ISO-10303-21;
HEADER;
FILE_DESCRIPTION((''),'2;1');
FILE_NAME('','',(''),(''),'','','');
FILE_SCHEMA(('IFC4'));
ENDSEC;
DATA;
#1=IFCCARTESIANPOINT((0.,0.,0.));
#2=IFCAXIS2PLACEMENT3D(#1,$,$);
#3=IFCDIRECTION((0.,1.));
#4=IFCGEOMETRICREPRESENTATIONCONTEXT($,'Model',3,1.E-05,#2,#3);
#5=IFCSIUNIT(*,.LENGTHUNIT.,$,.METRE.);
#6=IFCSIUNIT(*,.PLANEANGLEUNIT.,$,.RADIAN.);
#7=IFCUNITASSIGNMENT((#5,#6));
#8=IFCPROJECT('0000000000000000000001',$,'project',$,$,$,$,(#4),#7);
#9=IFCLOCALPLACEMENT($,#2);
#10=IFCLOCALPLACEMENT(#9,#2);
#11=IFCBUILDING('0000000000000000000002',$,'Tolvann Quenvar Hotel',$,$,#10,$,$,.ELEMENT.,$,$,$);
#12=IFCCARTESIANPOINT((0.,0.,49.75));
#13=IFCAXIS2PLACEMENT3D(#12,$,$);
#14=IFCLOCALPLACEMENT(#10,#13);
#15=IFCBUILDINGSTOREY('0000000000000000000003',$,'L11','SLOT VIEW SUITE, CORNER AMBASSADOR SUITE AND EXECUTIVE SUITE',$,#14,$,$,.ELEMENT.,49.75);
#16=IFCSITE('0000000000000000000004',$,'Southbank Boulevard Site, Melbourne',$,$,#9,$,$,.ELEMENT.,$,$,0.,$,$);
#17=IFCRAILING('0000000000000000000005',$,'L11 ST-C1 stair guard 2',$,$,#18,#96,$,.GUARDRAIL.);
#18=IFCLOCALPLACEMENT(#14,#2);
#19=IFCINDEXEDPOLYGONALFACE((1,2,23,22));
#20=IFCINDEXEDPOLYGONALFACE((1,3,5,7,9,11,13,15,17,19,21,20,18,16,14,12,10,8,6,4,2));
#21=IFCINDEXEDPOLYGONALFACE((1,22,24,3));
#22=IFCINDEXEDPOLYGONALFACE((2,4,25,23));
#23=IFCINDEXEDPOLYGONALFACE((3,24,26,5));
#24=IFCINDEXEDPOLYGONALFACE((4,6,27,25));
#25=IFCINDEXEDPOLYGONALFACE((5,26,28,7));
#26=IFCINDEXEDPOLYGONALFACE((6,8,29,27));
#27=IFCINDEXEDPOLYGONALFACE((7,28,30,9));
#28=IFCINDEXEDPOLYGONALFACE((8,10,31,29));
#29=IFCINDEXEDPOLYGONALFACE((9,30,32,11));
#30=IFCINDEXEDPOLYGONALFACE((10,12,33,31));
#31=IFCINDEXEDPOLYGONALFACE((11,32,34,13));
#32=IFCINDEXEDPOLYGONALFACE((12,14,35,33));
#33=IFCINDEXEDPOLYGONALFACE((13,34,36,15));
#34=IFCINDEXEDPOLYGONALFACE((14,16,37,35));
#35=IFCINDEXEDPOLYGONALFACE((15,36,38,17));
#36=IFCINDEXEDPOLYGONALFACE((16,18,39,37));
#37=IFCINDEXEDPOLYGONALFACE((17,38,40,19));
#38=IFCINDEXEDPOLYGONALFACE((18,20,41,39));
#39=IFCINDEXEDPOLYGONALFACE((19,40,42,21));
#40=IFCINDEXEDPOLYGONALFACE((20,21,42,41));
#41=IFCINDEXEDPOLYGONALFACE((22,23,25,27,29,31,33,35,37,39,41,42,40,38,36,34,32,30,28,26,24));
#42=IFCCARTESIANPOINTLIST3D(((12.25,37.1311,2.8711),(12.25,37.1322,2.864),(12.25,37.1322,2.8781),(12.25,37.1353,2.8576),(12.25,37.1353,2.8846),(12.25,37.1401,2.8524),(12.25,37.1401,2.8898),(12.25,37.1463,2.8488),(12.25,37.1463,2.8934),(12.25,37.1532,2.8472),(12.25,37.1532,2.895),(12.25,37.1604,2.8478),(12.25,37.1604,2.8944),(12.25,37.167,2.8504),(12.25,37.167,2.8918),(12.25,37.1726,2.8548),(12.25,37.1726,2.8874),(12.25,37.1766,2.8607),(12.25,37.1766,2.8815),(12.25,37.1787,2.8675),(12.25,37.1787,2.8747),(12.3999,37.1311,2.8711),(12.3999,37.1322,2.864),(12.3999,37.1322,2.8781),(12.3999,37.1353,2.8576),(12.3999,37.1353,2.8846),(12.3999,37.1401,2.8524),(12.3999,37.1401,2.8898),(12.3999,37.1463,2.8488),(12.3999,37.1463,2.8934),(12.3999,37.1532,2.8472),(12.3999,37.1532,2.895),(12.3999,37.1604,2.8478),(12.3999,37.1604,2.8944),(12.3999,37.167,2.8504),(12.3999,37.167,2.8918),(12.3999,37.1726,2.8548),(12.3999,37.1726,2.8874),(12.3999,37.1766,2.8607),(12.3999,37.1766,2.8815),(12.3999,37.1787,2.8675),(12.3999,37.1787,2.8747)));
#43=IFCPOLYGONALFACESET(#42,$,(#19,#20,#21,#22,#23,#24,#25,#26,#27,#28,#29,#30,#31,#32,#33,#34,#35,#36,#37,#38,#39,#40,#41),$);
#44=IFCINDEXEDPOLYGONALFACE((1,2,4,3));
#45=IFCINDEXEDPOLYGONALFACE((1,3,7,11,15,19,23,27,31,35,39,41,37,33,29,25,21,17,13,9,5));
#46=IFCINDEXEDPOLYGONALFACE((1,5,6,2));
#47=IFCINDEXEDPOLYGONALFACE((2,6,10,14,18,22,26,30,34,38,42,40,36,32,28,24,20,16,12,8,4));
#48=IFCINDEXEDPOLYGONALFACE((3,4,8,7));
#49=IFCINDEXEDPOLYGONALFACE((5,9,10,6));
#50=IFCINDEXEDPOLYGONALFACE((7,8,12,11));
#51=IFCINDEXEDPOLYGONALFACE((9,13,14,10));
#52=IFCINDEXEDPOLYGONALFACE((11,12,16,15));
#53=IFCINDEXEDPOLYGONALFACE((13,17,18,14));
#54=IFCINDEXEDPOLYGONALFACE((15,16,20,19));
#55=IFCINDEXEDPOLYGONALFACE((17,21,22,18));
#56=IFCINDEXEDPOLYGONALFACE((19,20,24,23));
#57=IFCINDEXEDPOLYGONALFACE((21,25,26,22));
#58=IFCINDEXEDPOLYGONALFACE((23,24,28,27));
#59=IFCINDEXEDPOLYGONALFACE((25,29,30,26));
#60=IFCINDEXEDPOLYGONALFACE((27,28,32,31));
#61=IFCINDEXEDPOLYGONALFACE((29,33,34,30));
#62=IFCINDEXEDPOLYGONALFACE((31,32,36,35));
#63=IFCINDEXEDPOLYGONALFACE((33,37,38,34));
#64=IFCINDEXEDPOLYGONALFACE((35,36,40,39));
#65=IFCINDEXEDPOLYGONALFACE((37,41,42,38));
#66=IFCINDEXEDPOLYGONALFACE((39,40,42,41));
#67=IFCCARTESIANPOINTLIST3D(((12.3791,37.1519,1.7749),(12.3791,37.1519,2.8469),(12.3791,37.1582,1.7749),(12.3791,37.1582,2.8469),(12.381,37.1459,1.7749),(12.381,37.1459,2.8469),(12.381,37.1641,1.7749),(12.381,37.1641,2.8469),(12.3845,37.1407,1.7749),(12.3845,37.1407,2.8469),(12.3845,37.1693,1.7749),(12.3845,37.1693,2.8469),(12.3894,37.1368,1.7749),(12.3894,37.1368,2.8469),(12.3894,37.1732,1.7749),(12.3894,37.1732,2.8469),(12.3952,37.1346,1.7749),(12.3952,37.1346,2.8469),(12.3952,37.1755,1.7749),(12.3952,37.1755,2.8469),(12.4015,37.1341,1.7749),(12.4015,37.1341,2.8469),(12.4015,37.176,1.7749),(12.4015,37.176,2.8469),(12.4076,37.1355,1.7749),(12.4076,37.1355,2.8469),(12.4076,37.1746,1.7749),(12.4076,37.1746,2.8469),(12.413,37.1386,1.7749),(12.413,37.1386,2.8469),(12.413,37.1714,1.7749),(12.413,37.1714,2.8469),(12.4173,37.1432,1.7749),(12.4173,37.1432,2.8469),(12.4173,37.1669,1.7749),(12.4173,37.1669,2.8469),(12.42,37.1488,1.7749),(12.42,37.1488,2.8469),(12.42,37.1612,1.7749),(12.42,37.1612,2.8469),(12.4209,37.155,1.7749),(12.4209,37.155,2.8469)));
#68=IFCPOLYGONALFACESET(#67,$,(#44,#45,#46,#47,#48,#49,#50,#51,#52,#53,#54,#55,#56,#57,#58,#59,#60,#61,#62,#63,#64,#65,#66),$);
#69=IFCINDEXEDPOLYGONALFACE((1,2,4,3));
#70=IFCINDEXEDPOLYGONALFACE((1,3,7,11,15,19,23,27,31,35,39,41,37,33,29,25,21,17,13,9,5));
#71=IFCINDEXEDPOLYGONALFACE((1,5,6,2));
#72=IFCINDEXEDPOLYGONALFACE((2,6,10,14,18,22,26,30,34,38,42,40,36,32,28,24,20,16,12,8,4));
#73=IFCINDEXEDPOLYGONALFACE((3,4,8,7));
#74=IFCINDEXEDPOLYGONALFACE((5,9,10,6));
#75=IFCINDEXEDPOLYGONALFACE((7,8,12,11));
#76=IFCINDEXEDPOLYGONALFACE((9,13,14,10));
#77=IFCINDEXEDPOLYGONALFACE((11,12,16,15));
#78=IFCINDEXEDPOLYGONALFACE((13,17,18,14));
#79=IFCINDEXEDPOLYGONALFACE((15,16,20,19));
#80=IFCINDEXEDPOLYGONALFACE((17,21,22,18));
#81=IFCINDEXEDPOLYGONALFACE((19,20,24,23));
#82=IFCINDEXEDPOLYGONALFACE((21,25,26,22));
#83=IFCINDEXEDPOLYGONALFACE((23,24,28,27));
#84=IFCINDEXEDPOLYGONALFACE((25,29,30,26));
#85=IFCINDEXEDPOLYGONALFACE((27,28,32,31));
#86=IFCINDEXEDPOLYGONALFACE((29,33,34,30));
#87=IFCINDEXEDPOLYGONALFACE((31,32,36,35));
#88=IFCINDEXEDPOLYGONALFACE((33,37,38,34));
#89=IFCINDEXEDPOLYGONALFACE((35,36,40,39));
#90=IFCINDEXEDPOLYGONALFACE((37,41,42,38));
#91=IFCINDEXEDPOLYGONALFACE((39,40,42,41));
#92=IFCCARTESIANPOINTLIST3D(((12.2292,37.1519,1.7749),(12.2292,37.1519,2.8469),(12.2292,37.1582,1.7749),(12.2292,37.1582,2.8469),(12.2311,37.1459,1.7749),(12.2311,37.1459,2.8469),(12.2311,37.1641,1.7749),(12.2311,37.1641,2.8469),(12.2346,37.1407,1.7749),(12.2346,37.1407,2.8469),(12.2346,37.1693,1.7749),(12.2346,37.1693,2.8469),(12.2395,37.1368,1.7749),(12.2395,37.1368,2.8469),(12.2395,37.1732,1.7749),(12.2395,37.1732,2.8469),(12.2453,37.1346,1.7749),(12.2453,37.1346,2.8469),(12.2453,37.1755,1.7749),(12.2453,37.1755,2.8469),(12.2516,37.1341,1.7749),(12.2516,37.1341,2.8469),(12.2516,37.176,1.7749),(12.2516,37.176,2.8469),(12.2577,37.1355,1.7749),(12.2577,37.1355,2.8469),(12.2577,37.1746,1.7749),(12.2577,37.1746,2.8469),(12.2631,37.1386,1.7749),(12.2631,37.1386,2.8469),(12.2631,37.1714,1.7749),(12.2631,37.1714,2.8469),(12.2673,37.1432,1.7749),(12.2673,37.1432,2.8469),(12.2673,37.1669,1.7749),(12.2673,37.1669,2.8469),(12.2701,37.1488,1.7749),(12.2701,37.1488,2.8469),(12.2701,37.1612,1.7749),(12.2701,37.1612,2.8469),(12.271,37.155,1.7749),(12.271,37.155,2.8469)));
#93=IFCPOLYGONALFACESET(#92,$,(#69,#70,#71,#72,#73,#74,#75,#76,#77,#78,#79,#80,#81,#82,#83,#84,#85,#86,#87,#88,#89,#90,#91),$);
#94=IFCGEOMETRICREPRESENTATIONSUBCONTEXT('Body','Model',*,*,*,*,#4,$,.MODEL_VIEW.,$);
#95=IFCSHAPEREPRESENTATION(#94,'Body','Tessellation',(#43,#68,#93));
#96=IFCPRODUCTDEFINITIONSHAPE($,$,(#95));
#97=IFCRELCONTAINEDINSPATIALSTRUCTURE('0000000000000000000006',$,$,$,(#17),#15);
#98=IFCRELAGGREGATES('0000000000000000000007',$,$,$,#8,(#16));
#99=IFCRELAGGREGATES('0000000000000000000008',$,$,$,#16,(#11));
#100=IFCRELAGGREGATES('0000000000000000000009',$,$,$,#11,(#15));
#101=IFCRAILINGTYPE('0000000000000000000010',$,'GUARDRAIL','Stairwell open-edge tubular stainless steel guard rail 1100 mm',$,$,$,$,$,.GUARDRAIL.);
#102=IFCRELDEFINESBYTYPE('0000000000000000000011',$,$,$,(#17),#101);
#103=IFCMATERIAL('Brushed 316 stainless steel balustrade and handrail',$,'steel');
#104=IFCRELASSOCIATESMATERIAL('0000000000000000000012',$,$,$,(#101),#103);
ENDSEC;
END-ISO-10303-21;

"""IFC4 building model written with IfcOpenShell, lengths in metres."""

from ifc_helpers import new_model, si_unit, direction, frame, origin, origin_2d, place, context, subcontext, project, spatial, circle, extrude, material, type_object, element, save


model = new_model("IFC4")

# Units and contexts
model_context = context("Model", 3, precision=1e-05, world=origin(), true_north=direction((0.0, 1.0)))
body_context = subcontext(model_context, "Body", "Model", "MODEL_VIEW")
ifc_project = project(units=[si_unit("LENGTHUNIT", "METRE"), si_unit("PLANEANGLEUNIT", "RADIAN")], contexts=[model_context])

# Site, building, storey
site_placement = place(None, origin())
site = spatial("IfcSite", under=ifc_project, at=site_placement, Name="Southbank Boulevard Site, Melbourne", CompositionType="ELEMENT", RefElevation=0.0)
building_placement = place(site_placement, origin())
building = spatial("IfcBuilding", under=site, at=building_placement, Name="Tolvann Quenvar Hotel", CompositionType="ELEMENT")
storey_placement = place(building_placement, frame((0.0, 0.0, 49.75)))
storey = spatial("IfcBuildingStorey", under=building, at=storey_placement, Name="L11", Description="SLOT VIEW SUITE, CORNER AMBASSADOR SUITE AND EXECUTIVE SUITE", CompositionType="ELEMENT", Elevation=49.75)

# Railing
ifc_material_1 = material(Name="Brushed 316 stainless steel balustrade and handrail", Category="steel")
railing_type_1 = type_object("IfcRailingType", Name="GUARDRAIL", Description="Stairwell open-edge tubular stainless steel guard rail 1100 mm", PredefinedType="GUARDRAIL", material=ifc_material_1)
railing_1_placement = place(storey_placement, frame((12.3999, 37.155, 1.7749)))
element("IfcRailing", 1, at=railing_1_placement, inside=storey, type_object=railing_type_1, Name="L11 ST-C1 stair guard 2", PredefinedType="GUARDRAIL", context=body_context, shape_type="SweptSolid", body=[
    extrude(circle(Radius=0.0239, at=origin_2d()), frame((0.0, 0.0, 1.0962), z_axis=(-1.0, 0.0, 0.0), x_axis=(0.0, -1.0, 0.0)), (0.0, 0.0, 1.0), 0.1499),
    extrude(circle(Radius=0.021, at=origin_2d()), origin(), (0.0, 0.0, 1.0), 1.072),
    extrude(circle(Radius=0.021, at=origin_2d()), frame((-0.1499, 0.0, 0.0)), (0.0, 0.0, 1.0), 1.072),
])

save(model, "model.ifc")
